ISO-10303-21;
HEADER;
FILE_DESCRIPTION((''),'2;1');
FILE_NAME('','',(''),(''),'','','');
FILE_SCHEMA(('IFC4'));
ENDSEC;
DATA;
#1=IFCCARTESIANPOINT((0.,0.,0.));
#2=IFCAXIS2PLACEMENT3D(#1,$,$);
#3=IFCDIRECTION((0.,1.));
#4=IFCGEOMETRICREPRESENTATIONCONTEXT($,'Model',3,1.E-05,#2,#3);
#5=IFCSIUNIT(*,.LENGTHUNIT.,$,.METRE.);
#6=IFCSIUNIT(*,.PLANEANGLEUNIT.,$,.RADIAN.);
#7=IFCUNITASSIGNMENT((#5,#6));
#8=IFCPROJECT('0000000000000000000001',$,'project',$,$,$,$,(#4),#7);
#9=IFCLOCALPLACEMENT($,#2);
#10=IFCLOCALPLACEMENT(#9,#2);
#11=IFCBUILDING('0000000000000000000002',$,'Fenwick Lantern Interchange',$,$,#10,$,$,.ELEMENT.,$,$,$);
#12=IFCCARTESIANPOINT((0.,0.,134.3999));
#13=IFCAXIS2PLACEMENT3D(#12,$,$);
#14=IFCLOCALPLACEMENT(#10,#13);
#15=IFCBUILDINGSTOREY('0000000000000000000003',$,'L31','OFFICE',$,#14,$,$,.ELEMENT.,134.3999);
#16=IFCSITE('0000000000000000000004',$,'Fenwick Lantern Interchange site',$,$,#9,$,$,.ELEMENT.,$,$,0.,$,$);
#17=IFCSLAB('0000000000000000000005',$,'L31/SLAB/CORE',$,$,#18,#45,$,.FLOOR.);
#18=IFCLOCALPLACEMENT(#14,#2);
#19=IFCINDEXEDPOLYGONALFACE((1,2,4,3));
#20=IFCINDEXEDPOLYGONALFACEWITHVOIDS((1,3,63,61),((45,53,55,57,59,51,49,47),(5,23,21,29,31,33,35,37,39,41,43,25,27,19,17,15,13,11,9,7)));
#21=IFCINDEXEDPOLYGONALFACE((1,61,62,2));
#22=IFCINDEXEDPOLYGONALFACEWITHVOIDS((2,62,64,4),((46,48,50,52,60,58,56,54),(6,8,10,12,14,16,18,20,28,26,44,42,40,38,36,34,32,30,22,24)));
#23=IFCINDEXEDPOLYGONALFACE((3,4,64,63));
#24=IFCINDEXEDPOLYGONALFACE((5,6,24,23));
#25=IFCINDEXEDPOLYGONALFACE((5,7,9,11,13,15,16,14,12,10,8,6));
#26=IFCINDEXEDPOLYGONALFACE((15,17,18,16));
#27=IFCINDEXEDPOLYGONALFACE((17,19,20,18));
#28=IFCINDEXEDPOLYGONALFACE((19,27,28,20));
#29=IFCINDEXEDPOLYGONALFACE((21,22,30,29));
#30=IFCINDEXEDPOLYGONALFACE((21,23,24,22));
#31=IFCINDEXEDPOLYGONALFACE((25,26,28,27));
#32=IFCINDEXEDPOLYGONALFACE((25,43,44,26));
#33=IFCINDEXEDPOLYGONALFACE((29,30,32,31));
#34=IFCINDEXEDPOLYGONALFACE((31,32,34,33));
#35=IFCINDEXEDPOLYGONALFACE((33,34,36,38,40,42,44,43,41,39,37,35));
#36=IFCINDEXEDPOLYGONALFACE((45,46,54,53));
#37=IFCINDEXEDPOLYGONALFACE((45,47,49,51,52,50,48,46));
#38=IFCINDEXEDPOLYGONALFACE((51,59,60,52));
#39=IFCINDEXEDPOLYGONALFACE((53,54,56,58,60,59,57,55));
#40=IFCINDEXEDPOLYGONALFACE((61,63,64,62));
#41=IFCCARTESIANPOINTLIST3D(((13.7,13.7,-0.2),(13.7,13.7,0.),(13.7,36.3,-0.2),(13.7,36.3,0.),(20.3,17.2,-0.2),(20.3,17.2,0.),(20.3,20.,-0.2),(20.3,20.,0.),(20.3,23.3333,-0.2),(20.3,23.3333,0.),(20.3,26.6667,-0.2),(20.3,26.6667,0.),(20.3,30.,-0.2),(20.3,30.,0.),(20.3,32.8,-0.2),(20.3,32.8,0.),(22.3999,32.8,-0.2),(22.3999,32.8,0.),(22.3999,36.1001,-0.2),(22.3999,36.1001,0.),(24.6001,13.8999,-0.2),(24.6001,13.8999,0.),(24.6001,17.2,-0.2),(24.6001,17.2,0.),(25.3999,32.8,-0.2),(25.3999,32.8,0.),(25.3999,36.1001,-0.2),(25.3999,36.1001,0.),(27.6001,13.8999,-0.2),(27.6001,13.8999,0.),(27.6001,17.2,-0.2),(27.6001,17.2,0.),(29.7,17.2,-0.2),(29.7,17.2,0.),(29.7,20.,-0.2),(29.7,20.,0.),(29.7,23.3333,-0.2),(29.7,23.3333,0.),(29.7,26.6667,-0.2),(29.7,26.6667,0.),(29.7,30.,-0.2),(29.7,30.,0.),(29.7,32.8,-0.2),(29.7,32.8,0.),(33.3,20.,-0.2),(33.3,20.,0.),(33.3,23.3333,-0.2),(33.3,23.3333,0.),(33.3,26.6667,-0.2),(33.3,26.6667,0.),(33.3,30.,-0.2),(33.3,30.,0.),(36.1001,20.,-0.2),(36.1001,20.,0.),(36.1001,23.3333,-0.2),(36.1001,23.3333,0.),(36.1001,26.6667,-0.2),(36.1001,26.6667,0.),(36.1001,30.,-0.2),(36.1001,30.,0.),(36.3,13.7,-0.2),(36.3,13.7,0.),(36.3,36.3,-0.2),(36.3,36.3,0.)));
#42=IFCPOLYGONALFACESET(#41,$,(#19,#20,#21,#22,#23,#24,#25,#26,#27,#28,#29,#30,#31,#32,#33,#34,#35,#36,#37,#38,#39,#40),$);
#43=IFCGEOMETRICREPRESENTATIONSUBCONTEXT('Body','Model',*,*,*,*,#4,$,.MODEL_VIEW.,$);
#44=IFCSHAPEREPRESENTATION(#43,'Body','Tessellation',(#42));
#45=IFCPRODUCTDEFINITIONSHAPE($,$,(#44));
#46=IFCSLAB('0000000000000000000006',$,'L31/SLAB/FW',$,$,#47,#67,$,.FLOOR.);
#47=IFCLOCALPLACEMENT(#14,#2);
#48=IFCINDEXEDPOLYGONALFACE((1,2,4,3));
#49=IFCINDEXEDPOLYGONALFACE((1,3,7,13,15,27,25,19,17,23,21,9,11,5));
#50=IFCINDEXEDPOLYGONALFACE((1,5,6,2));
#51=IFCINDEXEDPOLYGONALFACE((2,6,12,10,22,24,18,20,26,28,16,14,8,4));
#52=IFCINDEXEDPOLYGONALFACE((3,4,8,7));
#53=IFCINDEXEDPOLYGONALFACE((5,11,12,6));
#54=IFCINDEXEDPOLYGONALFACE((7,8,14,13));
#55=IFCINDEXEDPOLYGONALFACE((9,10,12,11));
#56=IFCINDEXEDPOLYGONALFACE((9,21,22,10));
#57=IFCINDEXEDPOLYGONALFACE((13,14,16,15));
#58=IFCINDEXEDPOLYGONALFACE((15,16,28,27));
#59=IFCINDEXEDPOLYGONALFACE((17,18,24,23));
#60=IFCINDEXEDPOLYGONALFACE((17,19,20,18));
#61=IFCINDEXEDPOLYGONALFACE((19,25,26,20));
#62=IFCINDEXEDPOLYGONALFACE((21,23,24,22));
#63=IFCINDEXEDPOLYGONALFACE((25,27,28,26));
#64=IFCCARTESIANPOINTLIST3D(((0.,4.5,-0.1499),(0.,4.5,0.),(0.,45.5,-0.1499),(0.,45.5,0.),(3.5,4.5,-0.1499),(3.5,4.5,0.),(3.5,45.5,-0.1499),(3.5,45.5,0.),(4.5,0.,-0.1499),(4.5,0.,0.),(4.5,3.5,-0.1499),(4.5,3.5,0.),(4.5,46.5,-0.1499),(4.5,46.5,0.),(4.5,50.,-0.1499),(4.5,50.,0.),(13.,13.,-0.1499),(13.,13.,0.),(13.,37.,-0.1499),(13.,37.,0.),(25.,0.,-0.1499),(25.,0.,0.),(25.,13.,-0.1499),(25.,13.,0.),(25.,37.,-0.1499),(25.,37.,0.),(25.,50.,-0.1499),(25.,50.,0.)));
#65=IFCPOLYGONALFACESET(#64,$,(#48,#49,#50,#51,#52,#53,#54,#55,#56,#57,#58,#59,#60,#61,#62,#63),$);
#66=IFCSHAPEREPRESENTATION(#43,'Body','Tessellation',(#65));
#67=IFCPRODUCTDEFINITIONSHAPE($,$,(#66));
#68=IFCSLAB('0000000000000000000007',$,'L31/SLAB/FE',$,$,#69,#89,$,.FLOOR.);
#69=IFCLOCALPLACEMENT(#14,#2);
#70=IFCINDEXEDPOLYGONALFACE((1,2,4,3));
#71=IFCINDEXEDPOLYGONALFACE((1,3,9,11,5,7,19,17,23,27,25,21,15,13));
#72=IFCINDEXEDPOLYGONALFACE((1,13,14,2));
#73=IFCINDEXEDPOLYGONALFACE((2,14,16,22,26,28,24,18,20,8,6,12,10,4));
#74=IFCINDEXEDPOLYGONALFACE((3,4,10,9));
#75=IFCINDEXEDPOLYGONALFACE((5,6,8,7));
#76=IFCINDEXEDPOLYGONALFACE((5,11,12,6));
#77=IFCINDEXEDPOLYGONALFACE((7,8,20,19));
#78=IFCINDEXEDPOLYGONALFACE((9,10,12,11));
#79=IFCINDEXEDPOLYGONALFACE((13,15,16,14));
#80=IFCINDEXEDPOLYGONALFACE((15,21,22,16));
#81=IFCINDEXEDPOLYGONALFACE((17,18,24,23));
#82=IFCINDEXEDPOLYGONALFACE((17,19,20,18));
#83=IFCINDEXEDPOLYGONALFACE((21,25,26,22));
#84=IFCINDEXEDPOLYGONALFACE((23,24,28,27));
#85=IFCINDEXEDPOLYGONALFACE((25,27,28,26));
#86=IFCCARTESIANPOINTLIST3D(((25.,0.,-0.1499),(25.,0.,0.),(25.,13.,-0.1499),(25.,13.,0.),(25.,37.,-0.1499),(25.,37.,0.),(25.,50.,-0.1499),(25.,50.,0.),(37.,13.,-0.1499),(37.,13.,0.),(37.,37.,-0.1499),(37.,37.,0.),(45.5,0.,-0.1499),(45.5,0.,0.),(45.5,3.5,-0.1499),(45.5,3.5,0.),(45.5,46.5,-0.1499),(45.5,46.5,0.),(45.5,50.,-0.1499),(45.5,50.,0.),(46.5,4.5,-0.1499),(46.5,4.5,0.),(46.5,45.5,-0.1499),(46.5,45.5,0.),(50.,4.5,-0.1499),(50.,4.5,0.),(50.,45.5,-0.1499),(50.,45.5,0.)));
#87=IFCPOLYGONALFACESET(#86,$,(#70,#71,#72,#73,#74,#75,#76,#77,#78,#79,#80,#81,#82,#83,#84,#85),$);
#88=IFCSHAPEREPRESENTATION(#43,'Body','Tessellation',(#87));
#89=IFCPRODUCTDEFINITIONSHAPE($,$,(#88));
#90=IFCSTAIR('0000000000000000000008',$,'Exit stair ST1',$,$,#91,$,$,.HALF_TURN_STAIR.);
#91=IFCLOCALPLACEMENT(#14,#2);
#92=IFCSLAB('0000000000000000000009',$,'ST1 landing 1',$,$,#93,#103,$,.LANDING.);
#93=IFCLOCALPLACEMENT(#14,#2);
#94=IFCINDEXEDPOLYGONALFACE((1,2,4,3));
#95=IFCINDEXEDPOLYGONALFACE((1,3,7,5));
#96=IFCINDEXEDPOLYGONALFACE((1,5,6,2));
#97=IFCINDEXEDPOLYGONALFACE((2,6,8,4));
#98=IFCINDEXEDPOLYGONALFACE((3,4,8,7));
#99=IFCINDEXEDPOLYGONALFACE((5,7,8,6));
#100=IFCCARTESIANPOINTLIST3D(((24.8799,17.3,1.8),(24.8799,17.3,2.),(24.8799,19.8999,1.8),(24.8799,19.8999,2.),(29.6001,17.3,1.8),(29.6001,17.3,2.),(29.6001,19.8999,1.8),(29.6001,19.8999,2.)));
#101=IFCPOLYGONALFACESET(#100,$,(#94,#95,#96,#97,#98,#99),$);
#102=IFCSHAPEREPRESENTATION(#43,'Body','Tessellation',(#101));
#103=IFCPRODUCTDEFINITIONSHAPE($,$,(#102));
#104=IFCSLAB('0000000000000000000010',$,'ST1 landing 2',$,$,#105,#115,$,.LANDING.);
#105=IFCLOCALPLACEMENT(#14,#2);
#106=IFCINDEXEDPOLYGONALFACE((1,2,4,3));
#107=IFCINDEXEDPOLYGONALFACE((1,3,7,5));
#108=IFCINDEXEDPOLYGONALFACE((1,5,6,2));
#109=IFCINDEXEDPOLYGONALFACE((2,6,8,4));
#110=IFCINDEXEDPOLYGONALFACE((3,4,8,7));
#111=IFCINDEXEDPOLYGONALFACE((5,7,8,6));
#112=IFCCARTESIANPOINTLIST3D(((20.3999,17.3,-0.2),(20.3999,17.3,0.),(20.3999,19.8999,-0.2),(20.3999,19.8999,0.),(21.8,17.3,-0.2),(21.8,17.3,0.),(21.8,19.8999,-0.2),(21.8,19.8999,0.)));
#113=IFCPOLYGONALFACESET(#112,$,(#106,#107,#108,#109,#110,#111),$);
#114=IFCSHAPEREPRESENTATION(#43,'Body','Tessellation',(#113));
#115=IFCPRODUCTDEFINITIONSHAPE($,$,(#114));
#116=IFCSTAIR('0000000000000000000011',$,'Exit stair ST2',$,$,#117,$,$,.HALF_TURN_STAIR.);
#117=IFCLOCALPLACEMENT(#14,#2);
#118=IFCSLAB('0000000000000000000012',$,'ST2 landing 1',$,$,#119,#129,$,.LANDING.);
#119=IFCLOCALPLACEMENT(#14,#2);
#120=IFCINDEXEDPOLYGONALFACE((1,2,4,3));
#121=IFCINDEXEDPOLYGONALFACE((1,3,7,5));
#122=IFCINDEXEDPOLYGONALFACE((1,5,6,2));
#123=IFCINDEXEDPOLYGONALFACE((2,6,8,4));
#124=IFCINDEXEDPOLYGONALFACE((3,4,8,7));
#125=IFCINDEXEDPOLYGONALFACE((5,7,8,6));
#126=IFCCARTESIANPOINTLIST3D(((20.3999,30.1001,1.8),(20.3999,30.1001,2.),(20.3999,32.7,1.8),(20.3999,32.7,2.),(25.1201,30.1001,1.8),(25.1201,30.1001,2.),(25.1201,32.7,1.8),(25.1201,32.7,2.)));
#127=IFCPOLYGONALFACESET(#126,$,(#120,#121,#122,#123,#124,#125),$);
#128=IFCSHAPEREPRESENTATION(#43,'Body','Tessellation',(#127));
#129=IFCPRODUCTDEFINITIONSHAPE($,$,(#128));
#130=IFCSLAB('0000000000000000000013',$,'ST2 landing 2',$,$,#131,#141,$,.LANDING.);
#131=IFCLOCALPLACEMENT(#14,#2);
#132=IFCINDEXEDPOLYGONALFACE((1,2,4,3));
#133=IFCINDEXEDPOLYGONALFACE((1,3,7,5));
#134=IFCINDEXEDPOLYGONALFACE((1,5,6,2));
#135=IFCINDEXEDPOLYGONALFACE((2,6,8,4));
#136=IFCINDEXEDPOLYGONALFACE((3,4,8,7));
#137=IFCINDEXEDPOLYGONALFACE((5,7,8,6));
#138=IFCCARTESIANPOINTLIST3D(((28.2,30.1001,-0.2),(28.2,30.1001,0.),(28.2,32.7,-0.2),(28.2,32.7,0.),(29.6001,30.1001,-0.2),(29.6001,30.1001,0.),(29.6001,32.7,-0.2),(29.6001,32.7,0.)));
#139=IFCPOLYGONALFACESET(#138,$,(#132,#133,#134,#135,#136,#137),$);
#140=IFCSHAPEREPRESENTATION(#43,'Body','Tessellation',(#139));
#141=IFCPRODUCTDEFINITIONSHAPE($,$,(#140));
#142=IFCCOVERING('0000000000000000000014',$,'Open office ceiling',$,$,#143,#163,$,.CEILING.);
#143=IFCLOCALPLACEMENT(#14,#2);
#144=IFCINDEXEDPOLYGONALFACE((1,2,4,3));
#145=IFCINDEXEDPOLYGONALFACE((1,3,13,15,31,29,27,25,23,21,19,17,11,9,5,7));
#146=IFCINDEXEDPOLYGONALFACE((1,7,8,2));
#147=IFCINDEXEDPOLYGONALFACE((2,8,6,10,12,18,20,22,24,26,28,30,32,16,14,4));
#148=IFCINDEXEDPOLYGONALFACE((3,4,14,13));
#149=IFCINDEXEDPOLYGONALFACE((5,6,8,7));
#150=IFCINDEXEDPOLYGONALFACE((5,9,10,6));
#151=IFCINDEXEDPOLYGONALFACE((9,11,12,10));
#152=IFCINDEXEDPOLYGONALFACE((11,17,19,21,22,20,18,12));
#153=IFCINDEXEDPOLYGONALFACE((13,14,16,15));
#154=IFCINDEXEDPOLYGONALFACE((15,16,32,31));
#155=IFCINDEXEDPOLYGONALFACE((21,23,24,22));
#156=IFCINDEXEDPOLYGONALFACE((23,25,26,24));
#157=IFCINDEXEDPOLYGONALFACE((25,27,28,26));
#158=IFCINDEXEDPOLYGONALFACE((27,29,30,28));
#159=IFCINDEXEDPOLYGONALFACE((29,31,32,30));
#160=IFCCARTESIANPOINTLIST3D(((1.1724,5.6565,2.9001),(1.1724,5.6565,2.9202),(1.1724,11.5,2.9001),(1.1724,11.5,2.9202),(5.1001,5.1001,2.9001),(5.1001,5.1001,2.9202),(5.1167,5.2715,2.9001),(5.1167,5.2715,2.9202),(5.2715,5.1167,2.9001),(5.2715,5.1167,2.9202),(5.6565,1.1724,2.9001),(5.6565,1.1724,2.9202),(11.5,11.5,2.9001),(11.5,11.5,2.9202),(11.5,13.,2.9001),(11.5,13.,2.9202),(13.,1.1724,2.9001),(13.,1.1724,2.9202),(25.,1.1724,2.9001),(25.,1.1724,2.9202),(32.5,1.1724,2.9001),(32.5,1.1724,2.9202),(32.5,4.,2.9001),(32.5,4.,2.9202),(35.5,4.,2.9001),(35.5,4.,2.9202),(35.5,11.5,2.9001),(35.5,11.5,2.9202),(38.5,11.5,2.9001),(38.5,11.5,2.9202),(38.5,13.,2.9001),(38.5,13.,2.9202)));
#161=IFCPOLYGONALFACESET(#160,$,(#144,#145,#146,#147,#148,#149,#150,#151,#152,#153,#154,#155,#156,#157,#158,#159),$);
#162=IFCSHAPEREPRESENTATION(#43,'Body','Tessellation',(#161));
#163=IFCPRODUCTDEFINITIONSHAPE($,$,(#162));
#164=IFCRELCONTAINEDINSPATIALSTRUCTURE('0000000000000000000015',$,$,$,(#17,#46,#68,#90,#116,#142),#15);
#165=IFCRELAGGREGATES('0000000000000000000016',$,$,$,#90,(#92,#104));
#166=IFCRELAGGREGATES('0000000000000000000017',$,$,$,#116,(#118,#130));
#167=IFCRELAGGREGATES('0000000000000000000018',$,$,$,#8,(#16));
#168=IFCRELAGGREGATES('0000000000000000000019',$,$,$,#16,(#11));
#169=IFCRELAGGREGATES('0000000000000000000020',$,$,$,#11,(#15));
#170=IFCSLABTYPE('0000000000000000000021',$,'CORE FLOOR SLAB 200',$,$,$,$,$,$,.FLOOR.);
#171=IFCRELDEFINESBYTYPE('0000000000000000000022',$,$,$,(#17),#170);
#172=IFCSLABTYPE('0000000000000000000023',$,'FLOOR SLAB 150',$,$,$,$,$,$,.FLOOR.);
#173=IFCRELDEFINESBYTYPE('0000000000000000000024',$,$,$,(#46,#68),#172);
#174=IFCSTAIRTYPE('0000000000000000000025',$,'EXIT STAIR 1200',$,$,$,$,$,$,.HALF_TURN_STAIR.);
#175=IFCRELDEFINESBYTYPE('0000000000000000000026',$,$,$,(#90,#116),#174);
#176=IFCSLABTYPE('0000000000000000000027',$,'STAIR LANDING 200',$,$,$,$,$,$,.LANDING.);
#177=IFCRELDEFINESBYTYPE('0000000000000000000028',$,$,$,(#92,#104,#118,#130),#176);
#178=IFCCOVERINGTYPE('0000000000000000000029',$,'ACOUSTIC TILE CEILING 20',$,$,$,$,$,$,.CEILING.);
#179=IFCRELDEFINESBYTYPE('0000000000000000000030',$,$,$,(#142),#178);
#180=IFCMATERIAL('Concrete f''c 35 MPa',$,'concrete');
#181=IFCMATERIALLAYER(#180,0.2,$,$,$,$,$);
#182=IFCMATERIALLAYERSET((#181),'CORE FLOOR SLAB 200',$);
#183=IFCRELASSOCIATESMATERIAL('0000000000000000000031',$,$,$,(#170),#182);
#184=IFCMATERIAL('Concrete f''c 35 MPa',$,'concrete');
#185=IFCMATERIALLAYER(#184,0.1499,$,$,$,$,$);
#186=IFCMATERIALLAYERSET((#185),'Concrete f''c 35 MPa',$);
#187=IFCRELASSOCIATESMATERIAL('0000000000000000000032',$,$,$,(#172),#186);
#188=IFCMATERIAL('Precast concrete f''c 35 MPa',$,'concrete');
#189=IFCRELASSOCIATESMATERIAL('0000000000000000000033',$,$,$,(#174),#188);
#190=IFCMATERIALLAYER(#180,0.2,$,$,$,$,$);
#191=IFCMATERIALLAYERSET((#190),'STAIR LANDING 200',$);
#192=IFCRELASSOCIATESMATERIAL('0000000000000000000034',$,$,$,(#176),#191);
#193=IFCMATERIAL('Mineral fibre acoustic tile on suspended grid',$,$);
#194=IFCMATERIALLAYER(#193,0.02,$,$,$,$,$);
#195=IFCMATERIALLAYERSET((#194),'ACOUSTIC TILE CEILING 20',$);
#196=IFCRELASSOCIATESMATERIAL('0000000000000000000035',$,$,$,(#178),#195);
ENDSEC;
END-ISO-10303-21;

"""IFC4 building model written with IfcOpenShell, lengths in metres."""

from ifc_helpers import new_model, si_unit, direction, frame, origin, place, context, subcontext, project, spatial, polyline, outline, extrude, material, layer, layer_set, type_object, element, aggregate, save


model = new_model("IFC4")

# Units and contexts
model_context = context("Model", 3, precision=1e-05, world=origin(), true_north=direction((0.0, 1.0)))
body_context = subcontext(model_context, "Body", "Model", "MODEL_VIEW")
ifc_project = project(units=[si_unit("LENGTHUNIT", "METRE"), si_unit("PLANEANGLEUNIT", "RADIAN")], contexts=[model_context])

# Site, building, storey
site_placement = place(None, origin())
site = spatial("IfcSite", under=ifc_project, at=site_placement, Name="Fenwick Lantern Interchange site", CompositionType="ELEMENT", RefElevation=0.0)
building_placement = place(site_placement, origin())
building = spatial("IfcBuilding", under=site, at=building_placement, Name="Fenwick Lantern Interchange", CompositionType="ELEMENT")
storey_placement = place(building_placement, frame((0.0, 0.0, 134.3999)))
storey = spatial("IfcBuildingStorey", under=building, at=storey_placement, Name="L31", Description="OFFICE", CompositionType="ELEMENT", Elevation=134.3999)

# Slabs
ifc_material_1 = material(Name="Concrete f'c 35 MPa", Category="concrete")
ifc_layer_1 = layer(ifc_material_1, 0.2)
ifc_layer_set_1 = layer_set([ifc_layer_1], Name="CORE FLOOR SLAB 200")
slab_type_1 = type_object("IfcSlabType", Name="CORE FLOOR SLAB 200", PredefinedType="FLOOR", material=ifc_layer_set_1)
slab_1_placement = place(storey_placement, frame((0.0, 0.0, -0.2)))
element("IfcSlab", 1, at=slab_1_placement, inside=storey, type_object=slab_type_1, Name="L31/SLAB/CORE", PredefinedType="FLOOR", context=body_context, shape_type="SweptSolid", body=[
    extrude(outline(polyline([(13.7, 36.3), (36.3, 36.3), (36.3, 13.7), (13.7, 13.7), (13.7, 36.3)]), holes=[polyline([(29.7, 17.2), (29.7, 20.0), (29.7, 23.3333), (29.7, 26.6667), (29.7, 30.0), (29.7, 32.8), (25.3999, 32.8), (25.3999, 36.1001), (22.3999, 36.1001), (22.3999, 32.8), (20.3, 32.8), (20.3, 30.0), (20.3, 26.6667), (20.3, 23.3333), (20.3, 20.0), (20.3, 17.2), (24.6001, 17.2), (24.6001, 13.8999), (27.6001, 13.8999), (27.6001, 17.2), (29.7, 17.2)]), polyline([(33.3, 23.3333), (33.3, 20.0), (36.1001, 20.0), (36.1001, 23.3333), (36.1001, 26.6667), (36.1001, 30.0), (33.3, 30.0), (33.3, 26.6667), (33.3, 23.3333)])]), origin(), (0.0, 0.0, 1.0), 0.2),
])
ifc_material_2 = material(Name="Concrete f'c 35 MPa", Category="concrete")
ifc_layer_2 = layer(ifc_material_2, 0.1499)
ifc_layer_set_2 = layer_set([ifc_layer_2], Name="Concrete f'c 35 MPa")
slab_type_2 = type_object("IfcSlabType", Name="FLOOR SLAB 150", PredefinedType="FLOOR", material=ifc_layer_set_2)
slab_2_placement = place(storey_placement, frame((0.0, 0.0, -0.1499)))
element("IfcSlab", 2, at=slab_2_placement, inside=storey, type_object=slab_type_2, Name="L31/SLAB/FW", PredefinedType="FLOOR", context=body_context, shape_type="SweptSolid", body=[
    extrude(outline(polyline([(4.5, 0.0), (4.5, 3.5), (3.5, 4.5), (0.0, 4.5), (0.0, 45.5), (3.5, 45.5), (4.5, 46.5), (4.5, 50.0), (25.0, 50.0), (25.0, 37.0), (13.0, 37.0), (13.0, 13.0), (25.0, 13.0), (25.0, 0.0), (4.5, 0.0)])), origin(), (0.0, 0.0, 1.0), 0.1499),
])
slab_3_placement = place(storey_placement, frame((0.0, 0.0, -0.1499)))
element("IfcSlab", 3, at=slab_3_placement, inside=storey, type_object=slab_type_2, Name="L31/SLAB/FE", PredefinedType="FLOOR", context=body_context, shape_type="SweptSolid", body=[
    extrude(outline(polyline([(45.5, 50.0), (45.5, 46.5), (46.5, 45.5), (50.0, 45.5), (50.0, 4.5), (46.5, 4.5), (45.5, 3.5), (45.5, 0.0), (25.0, 0.0), (25.0, 13.0), (37.0, 13.0), (37.0, 37.0), (25.0, 37.0), (25.0, 50.0), (45.5, 50.0)])), origin(), (0.0, 0.0, 1.0), 0.1499),
])

# Stairs, slabs
ifc_material_3 = material(Name="Precast concrete f'c 35 MPa", Category="concrete")
stair_type = type_object("IfcStairType", Name="EXIT STAIR 1200", PredefinedType="HALF_TURN_STAIR", material=ifc_material_3)
stair_1_placement = place(storey_placement, origin())
stair_1 = element("IfcStair", 4, at=stair_1_placement, inside=storey, type_object=stair_type, Name="Exit stair ST1", PredefinedType="HALF_TURN_STAIR")
ifc_layer_3 = layer(ifc_material_1, 0.2)
ifc_layer_set_3 = layer_set([ifc_layer_3], Name="STAIR LANDING 200")
slab_type_3 = type_object("IfcSlabType", Name="STAIR LANDING 200", PredefinedType="LANDING", material=ifc_layer_set_3)
slab_4_placement = place(storey_placement, frame((0.0, 0.0, 1.8)))
slab_4 = element("IfcSlab", 5, at=slab_4_placement, type_object=slab_type_3, Name="ST1 landing 1", PredefinedType="LANDING", context=body_context, shape_type="SweptSolid", body=[
    extrude(outline(polyline([(24.8799, 17.3), (29.6001, 17.3), (29.6001, 19.8999), (24.8799, 19.8999), (24.8799, 17.3)])), origin(), (0.0, 0.0, 1.0), 0.2),
])
slab_5_placement = place(storey_placement, frame((0.0, 0.0, -0.2)))
slab_5 = element("IfcSlab", 6, at=slab_5_placement, type_object=slab_type_3, Name="ST1 landing 2", PredefinedType="LANDING", context=body_context, shape_type="SweptSolid", body=[
    extrude(outline(polyline([(20.3999, 17.3), (21.8, 17.3), (21.8, 19.8999), (20.3999, 19.8999), (20.3999, 17.3)])), origin(), (0.0, 0.0, 1.0), 0.2),
])
aggregate(stair_1, [slab_4, slab_5])
stair_2_placement = place(storey_placement, origin())
stair_2 = element("IfcStair", 7, at=stair_2_placement, inside=storey, type_object=stair_type, Name="Exit stair ST2", PredefinedType="HALF_TURN_STAIR")
slab_6_placement = place(storey_placement, frame((0.0, 0.0, 1.8)))
slab_6 = element("IfcSlab", 8, at=slab_6_placement, type_object=slab_type_3, Name="ST2 landing 1", PredefinedType="LANDING", context=body_context, shape_type="SweptSolid", body=[
    extrude(outline(polyline([(25.1201, 32.7), (20.3999, 32.7), (20.3999, 30.1001), (25.1201, 30.1001), (25.1201, 32.7)])), origin(), (0.0, 0.0, 1.0), 0.2),
])
slab_7_placement = place(storey_placement, frame((0.0, 0.0, -0.2)))
slab_7 = element("IfcSlab", 9, at=slab_7_placement, type_object=slab_type_3, Name="ST2 landing 2", PredefinedType="LANDING", context=body_context, shape_type="SweptSolid", body=[
    extrude(outline(polyline([(29.6001, 32.7), (28.2, 32.7), (28.2, 30.1001), (29.6001, 30.1001), (29.6001, 32.7)])), origin(), (0.0, 0.0, 1.0), 0.2),
])
aggregate(stair_2, [slab_6, slab_7])

# Covering
ifc_material_4 = material(Name="Mineral fibre acoustic tile on suspended grid")
ifc_layer_4 = layer(ifc_material_4, 0.02)
ifc_layer_set_4 = layer_set([ifc_layer_4], Name="ACOUSTIC TILE CEILING 20")
covering_type_1 = type_object("IfcCoveringType", Name="ACOUSTIC TILE CEILING 20", PredefinedType="CEILING", material=ifc_layer_set_4)
covering_1_placement = place(storey_placement, frame((0.0, 0.0, 2.9001)))
element("IfcCovering", 10, at=covering_1_placement, inside=storey, type_object=covering_type_1, Name="Open office ceiling", PredefinedType="CEILING", context=body_context, shape_type="SweptSolid", body=[
    extrude(outline(polyline([(11.5, 11.5), (1.1724, 11.5), (1.1724, 5.6565), (5.1167, 5.2715), (5.1001, 5.1001), (5.2715, 5.1167), (5.6565, 1.1724), (13.0, 1.1724), (25.0, 1.1724), (32.5, 1.1724), (32.5, 4.0), (35.5, 4.0), (35.5, 11.5), (38.5, 11.5), (38.5, 13.0), (11.5, 13.0), (11.5, 11.5)])), origin(), (0.0, 0.0, 1.0), 0.02),
])

save(model, "model.ifc")
